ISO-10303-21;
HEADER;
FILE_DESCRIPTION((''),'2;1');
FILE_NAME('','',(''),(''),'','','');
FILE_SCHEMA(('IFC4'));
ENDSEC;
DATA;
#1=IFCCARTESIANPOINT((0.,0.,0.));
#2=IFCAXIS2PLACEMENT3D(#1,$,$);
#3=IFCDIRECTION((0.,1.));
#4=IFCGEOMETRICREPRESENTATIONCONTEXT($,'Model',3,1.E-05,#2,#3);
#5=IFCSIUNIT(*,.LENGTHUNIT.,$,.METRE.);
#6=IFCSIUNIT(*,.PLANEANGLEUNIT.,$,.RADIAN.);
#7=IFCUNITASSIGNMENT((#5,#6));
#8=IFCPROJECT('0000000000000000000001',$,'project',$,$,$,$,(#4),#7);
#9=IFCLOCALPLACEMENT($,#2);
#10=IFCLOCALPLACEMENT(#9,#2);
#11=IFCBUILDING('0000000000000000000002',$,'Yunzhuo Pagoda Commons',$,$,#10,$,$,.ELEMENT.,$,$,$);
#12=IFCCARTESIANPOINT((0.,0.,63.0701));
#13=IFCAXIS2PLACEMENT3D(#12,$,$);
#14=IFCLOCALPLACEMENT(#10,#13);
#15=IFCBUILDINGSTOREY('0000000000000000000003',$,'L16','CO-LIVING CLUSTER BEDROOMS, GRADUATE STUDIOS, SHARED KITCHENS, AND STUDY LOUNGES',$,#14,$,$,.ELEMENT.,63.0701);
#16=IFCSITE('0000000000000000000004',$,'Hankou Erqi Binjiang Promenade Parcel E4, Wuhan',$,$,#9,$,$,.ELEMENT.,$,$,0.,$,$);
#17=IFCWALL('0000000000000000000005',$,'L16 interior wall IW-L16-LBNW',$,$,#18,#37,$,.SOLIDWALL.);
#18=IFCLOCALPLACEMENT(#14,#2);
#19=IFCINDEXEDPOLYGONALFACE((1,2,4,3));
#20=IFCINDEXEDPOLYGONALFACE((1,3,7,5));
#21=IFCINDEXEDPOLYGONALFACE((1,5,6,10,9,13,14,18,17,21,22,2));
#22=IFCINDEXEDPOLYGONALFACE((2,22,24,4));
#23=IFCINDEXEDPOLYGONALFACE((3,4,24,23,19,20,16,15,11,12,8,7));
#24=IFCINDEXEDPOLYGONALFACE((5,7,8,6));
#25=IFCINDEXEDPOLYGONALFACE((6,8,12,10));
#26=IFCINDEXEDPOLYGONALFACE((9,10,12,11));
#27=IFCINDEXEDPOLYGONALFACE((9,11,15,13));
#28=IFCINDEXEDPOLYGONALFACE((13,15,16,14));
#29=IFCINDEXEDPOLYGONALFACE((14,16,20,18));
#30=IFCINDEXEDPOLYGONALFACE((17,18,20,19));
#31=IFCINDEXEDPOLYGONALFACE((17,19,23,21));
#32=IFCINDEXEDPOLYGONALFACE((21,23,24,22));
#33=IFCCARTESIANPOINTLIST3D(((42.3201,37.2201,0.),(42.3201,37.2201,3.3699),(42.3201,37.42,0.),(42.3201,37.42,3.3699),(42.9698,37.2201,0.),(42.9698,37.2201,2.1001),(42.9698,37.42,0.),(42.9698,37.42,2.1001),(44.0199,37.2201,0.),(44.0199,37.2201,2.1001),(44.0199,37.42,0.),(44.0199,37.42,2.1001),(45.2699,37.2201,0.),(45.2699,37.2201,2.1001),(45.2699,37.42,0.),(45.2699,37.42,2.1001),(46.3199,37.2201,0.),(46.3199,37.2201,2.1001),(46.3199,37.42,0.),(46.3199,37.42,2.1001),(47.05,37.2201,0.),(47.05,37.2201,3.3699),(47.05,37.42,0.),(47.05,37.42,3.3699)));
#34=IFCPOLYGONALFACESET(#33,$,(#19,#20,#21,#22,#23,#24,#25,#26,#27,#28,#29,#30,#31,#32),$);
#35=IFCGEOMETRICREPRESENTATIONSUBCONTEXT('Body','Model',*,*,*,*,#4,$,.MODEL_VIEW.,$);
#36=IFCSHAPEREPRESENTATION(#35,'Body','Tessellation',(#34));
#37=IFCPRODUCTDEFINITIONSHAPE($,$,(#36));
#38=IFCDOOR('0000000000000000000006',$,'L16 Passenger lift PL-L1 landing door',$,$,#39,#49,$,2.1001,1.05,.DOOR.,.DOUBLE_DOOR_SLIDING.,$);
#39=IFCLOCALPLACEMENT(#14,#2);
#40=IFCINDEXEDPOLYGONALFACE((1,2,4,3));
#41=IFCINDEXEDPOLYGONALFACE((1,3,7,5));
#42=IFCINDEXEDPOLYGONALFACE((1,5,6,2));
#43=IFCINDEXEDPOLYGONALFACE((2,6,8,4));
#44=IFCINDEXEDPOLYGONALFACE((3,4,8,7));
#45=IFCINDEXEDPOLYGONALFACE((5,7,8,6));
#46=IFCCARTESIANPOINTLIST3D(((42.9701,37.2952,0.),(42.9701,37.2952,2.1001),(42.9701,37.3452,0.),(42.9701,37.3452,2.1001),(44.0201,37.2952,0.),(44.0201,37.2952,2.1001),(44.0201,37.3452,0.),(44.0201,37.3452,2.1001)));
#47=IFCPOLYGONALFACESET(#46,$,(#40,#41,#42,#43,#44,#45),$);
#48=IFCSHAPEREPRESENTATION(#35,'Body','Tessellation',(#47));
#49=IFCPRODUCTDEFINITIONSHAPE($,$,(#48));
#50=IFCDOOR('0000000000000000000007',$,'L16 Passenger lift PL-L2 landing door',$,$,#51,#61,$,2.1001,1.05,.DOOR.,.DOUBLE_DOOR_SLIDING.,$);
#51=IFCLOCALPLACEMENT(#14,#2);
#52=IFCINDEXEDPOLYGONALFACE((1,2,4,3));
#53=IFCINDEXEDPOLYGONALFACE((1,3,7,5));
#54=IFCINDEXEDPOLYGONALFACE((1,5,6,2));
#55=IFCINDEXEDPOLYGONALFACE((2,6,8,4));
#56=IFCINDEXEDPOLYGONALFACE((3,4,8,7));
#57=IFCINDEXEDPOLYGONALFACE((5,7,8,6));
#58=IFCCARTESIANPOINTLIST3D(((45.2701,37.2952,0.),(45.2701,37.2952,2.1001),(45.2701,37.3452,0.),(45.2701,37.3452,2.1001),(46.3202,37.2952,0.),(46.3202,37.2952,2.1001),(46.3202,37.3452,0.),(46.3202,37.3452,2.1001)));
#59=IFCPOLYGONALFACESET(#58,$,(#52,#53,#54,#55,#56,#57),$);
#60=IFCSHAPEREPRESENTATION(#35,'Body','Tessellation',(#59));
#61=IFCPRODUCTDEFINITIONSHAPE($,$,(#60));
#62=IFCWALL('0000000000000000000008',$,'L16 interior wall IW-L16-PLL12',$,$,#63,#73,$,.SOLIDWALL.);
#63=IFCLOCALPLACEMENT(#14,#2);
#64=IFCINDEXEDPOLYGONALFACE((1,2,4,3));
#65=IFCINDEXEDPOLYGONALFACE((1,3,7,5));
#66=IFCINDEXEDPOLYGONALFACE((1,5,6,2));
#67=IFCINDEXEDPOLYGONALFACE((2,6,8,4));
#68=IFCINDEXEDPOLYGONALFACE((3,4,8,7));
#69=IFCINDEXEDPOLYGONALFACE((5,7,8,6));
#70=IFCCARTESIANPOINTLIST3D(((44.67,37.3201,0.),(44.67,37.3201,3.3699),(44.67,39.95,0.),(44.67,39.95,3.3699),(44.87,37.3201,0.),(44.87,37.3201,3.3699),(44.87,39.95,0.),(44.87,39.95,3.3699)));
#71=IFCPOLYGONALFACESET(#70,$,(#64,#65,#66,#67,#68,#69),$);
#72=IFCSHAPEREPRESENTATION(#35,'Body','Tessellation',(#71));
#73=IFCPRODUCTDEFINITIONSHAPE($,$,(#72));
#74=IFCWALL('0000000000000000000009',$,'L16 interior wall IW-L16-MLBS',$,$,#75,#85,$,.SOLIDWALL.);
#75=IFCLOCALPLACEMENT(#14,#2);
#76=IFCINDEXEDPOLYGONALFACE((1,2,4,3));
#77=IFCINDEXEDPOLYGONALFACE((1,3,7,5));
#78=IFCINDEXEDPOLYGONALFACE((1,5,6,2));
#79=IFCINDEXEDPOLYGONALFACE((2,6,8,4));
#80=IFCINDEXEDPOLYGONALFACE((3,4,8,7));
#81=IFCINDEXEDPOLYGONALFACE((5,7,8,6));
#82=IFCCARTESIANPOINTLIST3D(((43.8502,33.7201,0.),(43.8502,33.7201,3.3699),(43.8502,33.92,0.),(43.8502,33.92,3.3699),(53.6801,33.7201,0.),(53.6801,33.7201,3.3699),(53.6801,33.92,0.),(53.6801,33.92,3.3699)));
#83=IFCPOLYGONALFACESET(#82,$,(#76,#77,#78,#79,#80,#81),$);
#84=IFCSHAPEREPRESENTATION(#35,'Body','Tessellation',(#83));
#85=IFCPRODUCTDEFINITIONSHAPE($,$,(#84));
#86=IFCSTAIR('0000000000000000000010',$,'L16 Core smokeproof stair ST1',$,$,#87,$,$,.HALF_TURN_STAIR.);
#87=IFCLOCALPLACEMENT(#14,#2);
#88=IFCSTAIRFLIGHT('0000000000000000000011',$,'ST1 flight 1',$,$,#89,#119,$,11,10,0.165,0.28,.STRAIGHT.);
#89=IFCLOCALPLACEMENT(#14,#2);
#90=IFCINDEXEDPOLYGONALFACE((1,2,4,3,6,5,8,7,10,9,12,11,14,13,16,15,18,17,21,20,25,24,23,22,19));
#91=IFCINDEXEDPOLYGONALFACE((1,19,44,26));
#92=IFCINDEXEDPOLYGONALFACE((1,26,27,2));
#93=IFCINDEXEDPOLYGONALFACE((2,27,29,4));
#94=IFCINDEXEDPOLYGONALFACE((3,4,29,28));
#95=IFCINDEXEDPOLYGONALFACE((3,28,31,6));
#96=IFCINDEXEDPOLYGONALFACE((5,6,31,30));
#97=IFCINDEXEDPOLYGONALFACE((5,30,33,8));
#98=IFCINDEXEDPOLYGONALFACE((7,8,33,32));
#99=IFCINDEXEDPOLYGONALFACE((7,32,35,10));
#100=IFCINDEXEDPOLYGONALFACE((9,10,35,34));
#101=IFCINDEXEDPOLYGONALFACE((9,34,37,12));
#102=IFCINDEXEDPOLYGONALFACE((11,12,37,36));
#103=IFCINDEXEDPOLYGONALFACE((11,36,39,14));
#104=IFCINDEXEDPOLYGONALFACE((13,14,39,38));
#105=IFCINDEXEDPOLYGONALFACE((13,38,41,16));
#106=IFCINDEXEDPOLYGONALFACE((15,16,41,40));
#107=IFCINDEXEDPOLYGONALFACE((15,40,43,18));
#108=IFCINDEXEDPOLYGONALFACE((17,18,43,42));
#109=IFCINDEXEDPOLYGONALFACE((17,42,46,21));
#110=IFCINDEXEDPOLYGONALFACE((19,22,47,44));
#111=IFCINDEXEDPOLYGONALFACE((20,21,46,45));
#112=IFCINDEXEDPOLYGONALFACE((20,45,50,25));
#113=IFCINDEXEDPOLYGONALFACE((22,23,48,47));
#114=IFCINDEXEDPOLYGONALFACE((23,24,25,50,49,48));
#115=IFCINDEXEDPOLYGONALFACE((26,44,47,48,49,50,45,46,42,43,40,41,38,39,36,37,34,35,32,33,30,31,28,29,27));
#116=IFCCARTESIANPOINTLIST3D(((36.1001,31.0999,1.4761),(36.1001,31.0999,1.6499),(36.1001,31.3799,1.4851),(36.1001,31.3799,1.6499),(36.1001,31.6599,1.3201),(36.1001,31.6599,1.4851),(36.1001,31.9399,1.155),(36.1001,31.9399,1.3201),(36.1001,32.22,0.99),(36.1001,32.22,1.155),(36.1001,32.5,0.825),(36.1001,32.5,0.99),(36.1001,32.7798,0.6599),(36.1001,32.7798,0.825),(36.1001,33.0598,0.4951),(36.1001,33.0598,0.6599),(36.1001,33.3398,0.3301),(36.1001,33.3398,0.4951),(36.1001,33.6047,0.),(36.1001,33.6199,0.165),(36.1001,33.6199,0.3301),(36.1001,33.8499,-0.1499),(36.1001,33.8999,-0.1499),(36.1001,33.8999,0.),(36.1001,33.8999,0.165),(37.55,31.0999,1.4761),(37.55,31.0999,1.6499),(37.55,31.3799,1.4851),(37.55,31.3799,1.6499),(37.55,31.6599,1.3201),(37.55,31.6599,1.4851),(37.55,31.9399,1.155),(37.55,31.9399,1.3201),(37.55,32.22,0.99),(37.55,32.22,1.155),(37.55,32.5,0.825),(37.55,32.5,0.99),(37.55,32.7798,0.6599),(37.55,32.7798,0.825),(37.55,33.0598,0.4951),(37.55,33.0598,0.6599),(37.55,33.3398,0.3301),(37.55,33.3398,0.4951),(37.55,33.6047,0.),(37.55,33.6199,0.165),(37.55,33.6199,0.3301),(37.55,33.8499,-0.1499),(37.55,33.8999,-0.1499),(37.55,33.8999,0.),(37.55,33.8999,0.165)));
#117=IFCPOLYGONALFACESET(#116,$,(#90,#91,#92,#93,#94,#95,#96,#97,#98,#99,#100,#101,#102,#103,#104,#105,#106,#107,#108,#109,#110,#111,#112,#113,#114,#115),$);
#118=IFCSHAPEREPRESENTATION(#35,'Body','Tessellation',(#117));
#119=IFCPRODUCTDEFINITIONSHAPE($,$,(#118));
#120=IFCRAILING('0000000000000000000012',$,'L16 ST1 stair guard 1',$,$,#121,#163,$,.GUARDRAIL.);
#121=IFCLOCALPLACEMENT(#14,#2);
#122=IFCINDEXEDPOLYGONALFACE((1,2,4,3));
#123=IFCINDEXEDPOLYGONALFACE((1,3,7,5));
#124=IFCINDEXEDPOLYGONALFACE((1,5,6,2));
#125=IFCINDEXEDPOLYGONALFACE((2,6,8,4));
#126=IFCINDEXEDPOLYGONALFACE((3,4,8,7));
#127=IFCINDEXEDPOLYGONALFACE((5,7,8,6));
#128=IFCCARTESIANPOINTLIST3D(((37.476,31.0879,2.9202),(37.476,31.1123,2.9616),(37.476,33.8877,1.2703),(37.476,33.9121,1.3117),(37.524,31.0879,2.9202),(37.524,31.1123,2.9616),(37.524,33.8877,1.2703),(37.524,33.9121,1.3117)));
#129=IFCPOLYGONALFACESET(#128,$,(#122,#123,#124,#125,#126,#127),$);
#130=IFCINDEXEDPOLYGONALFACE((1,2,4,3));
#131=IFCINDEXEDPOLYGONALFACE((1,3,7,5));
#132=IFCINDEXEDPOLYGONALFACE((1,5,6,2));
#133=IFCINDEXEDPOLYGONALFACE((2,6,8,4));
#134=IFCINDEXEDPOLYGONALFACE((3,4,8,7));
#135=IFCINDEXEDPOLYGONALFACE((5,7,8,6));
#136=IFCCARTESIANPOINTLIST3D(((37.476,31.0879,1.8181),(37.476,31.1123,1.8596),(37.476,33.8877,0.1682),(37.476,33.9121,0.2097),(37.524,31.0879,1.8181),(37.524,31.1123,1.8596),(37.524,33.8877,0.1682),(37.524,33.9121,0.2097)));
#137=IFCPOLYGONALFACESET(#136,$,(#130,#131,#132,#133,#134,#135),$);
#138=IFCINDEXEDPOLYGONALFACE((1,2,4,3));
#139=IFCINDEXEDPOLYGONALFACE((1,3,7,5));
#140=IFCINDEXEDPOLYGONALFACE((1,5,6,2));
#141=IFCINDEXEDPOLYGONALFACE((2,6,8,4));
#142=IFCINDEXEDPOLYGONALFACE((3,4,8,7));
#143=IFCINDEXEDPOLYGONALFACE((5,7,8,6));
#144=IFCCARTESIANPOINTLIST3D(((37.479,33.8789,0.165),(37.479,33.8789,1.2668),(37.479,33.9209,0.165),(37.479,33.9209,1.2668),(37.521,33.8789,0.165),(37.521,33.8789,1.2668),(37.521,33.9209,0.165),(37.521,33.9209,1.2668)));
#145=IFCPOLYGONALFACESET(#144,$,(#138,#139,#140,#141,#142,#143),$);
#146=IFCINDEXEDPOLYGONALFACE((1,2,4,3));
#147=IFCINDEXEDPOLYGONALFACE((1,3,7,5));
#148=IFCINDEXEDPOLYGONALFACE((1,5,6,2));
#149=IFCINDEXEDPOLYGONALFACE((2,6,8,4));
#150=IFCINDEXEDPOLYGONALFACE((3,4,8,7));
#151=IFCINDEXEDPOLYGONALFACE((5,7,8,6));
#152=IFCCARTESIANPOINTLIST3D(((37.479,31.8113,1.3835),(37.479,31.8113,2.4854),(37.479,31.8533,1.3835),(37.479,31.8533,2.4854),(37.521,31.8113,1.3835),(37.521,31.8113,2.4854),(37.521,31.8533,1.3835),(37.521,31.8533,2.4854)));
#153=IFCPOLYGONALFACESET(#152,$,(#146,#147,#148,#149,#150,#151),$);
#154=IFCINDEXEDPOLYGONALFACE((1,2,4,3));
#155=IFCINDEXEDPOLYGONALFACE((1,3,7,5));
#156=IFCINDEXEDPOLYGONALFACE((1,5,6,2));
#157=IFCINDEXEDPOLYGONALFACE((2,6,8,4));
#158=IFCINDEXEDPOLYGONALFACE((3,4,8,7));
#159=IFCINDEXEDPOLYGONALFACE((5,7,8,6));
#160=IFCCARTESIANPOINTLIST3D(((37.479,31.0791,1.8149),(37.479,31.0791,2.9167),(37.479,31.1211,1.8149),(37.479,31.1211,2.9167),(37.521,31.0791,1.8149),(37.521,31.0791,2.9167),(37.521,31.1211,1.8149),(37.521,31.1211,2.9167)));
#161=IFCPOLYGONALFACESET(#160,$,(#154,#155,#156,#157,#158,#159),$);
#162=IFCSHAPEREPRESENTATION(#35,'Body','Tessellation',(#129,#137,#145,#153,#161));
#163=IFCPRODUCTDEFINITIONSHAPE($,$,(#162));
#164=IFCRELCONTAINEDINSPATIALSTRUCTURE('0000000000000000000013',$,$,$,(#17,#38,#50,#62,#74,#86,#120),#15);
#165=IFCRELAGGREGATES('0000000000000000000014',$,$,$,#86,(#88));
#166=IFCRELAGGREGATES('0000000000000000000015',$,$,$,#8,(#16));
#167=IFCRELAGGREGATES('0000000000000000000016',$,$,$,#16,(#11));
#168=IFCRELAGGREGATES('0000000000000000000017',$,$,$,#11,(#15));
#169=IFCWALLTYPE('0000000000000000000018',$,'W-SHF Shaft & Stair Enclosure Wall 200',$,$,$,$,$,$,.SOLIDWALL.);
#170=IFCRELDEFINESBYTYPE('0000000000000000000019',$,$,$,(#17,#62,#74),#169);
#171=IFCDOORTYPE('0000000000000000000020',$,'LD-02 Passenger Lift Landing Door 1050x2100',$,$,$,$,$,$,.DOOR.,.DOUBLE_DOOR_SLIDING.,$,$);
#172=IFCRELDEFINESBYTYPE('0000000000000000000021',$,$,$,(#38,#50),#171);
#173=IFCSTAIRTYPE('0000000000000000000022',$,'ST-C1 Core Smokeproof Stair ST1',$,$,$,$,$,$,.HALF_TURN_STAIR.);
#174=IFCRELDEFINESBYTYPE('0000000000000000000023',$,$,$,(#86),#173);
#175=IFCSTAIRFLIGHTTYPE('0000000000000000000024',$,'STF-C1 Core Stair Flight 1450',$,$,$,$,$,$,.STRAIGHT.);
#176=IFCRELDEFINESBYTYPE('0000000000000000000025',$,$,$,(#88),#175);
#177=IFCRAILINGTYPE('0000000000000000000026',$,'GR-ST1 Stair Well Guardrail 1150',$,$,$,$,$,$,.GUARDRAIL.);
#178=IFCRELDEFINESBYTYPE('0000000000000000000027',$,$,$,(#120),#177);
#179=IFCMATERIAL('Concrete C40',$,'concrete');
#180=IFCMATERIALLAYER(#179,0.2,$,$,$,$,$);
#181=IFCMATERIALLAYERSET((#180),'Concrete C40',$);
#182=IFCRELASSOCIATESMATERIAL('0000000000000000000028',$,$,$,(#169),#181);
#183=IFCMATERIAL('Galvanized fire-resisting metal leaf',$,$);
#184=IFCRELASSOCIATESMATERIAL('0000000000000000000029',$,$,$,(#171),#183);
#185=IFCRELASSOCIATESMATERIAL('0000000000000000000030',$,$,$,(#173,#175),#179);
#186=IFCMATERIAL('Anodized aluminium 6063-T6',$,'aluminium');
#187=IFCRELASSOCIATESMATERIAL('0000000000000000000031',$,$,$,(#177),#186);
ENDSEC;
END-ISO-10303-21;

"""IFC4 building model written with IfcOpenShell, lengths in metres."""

from ifc_helpers import new_model, si_unit, direction, frame, frame_2d, origin, origin_2d, place, context, subcontext, project, spatial, polyline, rectangle, outline, extrude, source, transform, mapped, material, layer, layer_set, type_object, element, fill, aggregate, save


model = new_model("IFC4")

# Units and contexts
model_context = context("Model", 3, precision=1e-05, world=origin(), true_north=direction((0.0, 1.0)))
body_context = subcontext(model_context, "Body", "Model", "MODEL_VIEW")
ifc_project = project(units=[si_unit("LENGTHUNIT", "METRE"), si_unit("PLANEANGLEUNIT", "RADIAN")], contexts=[model_context])

# Site, building, storey
site_placement = place(None, origin())
site = spatial("IfcSite", under=ifc_project, at=site_placement, Name="Hankou Erqi Binjiang Promenade Parcel E4, Wuhan", CompositionType="ELEMENT", RefElevation=0.0)
building_placement = place(site_placement, origin())
building = spatial("IfcBuilding", under=site, at=building_placement, Name="Yunzhuo Pagoda Commons", CompositionType="ELEMENT")
storey_placement = place(building_placement, frame((0.0, 0.0, 63.0701)))
storey = spatial("IfcBuildingStorey", under=building, at=storey_placement, Name="L16", Description="CO-LIVING CLUSTER BEDROOMS, GRADUATE STUDIOS, SHARED KITCHENS, AND STUDY LOUNGES", CompositionType="ELEMENT", Elevation=63.0701)

# Shared definitions
ifc_material_1 = material(Name="Galvanized fire-resisting metal leaf")
shared_shape_1 = source(origin(), body_context, "Body", "SweptSolid", [
    extrude(rectangle(XDim=1.05, YDim=2.1001, at=frame_2d((0.5249, 1.05))), frame((0.0, 0.0249, 0.0), z_axis=(0.0, -1.0, 0.0), x_axis=(1.0, 0.0, 0.0)), (0.0, 0.0, 1.0), 0.05),
])

# Shared definitions
ifc_material_2 = material(Name="Concrete C40", Category="concrete")
ifc_layer_1 = layer(ifc_material_2, 0.2)
ifc_layer_set_1 = layer_set([ifc_layer_1], Name="Concrete C40")
wall_type_1 = type_object("IfcWallType", Name="W-SHF Shaft & Stair Enclosure Wall 200", PredefinedType="SOLIDWALL", material=ifc_layer_set_1)

# Wall, openings, doors
wall_1_placement = place(storey_placement, frame((42.3201, 37.3201, 0.0), z_axis=(0.0, 0.0, 1.0), x_axis=(1.0, 0.0, 0.0)))
wall_1 = element("IfcWall", 1, at=wall_1_placement, inside=storey, type_object=wall_type_1, Name="L16 interior wall IW-L16-LBNW", PredefinedType="SOLIDWALL", context=body_context, shape_type="SweptSolid", body=[
    extrude(rectangle(XDim=4.73, YDim=0.2, at=frame_2d((2.365, 0.0))), origin(), (0.0, 0.0, 1.0), 3.3699),
])
opening_1_placement = place(wall_1_placement, frame((0.6499, 0.0, 0.0)))
opening_1 = element("IfcOpeningElement", 2, at=opening_1_placement, cuts=wall_1, PredefinedType="OPENING", context=body_context, shape_type="SweptSolid", body=[
    extrude(rectangle(XDim=1.05, YDim=2.1001, at=frame_2d((0.5249, 1.05))), frame((0.0, 0.1099, 0.0), z_axis=(0.0, -1.0, 0.0), x_axis=(1.0, 0.0, 0.0)), (0.0, 0.0, 1.0), 0.22),
])
opening_2_placement = place(wall_1_placement, frame((2.95, 0.0, 0.0)))
opening_2 = element("IfcOpeningElement", 3, at=opening_2_placement, cuts=wall_1, PredefinedType="OPENING", context=body_context, shape_type="SweptSolid", body=[
    extrude(rectangle(XDim=1.05, YDim=2.1001, at=frame_2d((0.5249, 1.05))), frame((0.0, 0.1099, 0.0), z_axis=(0.0, -1.0, 0.0), x_axis=(1.0, 0.0, 0.0)), (0.0, 0.0, 1.0), 0.22),
])
door_type_1 = type_object("IfcDoorType", Name="LD-02 Passenger Lift Landing Door 1050x2100", OperationType="DOUBLE_DOOR_SLIDING", PredefinedType="DOOR", material=ifc_material_1)
door_1_placement = place(opening_1_placement, frame((1.05, 0.0, 0.0), z_axis=(0.0, 0.0, 1.0), x_axis=(-1.0, 0.0, 0.0)))
door_1 = element("IfcDoor", 4, at=door_1_placement, inside=storey, type_object=door_type_1, Name="L16 Passenger lift PL-L1 landing door", OperationType="DOUBLE_DOOR_SLIDING", OverallHeight=2.1001, OverallWidth=1.05, PredefinedType="DOOR", context=body_context, shape_type="MappedRepresentation", body=[
    mapped(shared_shape_1, transform((0.0, 0.0, 0.0), scale=1.0)),
])
fill(opening_1, door_1)
door_2_placement = place(opening_2_placement, frame((1.05, 0.0, 0.0), z_axis=(0.0, 0.0, 1.0), x_axis=(-1.0, 0.0, 0.0)))
door_2 = element("IfcDoor", 5, at=door_2_placement, inside=storey, type_object=door_type_1, Name="L16 Passenger lift PL-L2 landing door", OperationType="DOUBLE_DOOR_SLIDING", OverallHeight=2.1001, OverallWidth=1.05, PredefinedType="DOOR", context=body_context, shape_type="MappedRepresentation", body=[
    mapped(shared_shape_1, transform((0.0, 0.0, 0.0), scale=1.0)),
])
fill(opening_2, door_2)

# Walls
wall_2_placement = place(storey_placement, frame((44.77, 37.3201, 0.0), z_axis=(0.0, 0.0, 1.0), x_axis=(0.0, 1.0, 0.0)))
element("IfcWall", 6, at=wall_2_placement, inside=storey, type_object=wall_type_1, Name="L16 interior wall IW-L16-PLL12", PredefinedType="SOLIDWALL", context=body_context, shape_type="SweptSolid", body=[
    extrude(rectangle(XDim=2.6299, YDim=0.2, at=frame_2d((1.3149, 0.0))), origin(), (0.0, 0.0, 1.0), 3.3699),
])
wall_3_placement = place(storey_placement, frame((43.8501, 33.8201, 0.0), z_axis=(0.0, 0.0, 1.0), x_axis=(1.0, 0.0, 0.0)))
element("IfcWall", 7, at=wall_3_placement, inside=storey, type_object=wall_type_1, Name="L16 interior wall IW-L16-MLBS", PredefinedType="SOLIDWALL", context=body_context, shape_type="SweptSolid", body=[
    extrude(rectangle(XDim=9.8298, YDim=0.2, at=frame_2d((4.915, 0.0))), origin(), (0.0, 0.0, 1.0), 3.3699),
])

# Stair, stair flight
stair_type = type_object("IfcStairType", Name="ST-C1 Core Smokeproof Stair ST1", PredefinedType="HALF_TURN_STAIR", material=ifc_material_2)
stair_placement = place(storey_placement, origin())
stair = element("IfcStair", 8, at=stair_placement, inside=storey, type_object=stair_type, Name="L16 Core smokeproof stair ST1", PredefinedType="HALF_TURN_STAIR")
stair_flight_type = type_object("IfcStairFlightType", Name="STF-C1 Core Stair Flight 1450", PredefinedType="STRAIGHT", material=ifc_material_2)
shared_shape_2 = source(origin(), body_context, "Body", "SweptSolid", [
    extrude(outline(polyline([(0.0, -0.1499), (0.0, 0.0), (0.0, 0.165), (0.28, 0.165), (0.28, 0.3301), (0.5601, 0.3301), (0.5601, 0.4951), (0.8401, 0.4951), (0.8401, 0.6599), (1.1201, 0.6599), (1.1201, 0.825), (1.3999, 0.825), (1.3999, 0.99), (1.6799, 0.99), (1.6799, 1.155), (1.96, 1.155), (1.96, 1.3201), (2.24, 1.3201), (2.24, 1.4851), (2.52, 1.4851), (2.52, 1.6499), (2.8, 1.6499), (2.8, 1.8149), (2.8, 1.4761), (0.2952, 0.0), (0.05, -0.1499), (0.0, -0.1499)])), frame((0.0, 0.7251, 0.0), z_axis=(0.0, -1.0, 0.0), x_axis=(1.0, 0.0, 0.0)), (0.0, 0.0, 1.0), 1.45),
])
stair_flight_placement = place(storey_placement, frame((36.825, 33.8999, 0.0), z_axis=(0.0, 0.0, 1.0), x_axis=(0.0, -1.0, 0.0)))
stair_flight = element("IfcStairFlight", 9, at=stair_flight_placement, type_object=stair_flight_type, Name="ST1 flight 1", NumberOfRisers=11, NumberOfTreads=10, PredefinedType="STRAIGHT", RiserHeight=0.165, TreadLength=0.28, context=body_context, shape_type="MappedRepresentation", body=[
    mapped(shared_shape_2, transform((0.0, 0.0, 0.0), scale=1.0)),
])
aggregate(stair, [stair_flight])

# Railing
ifc_material_3 = material(Name="Anodized aluminium 6063-T6", Category="aluminium")
railing_type_1 = type_object("IfcRailingType", Name="GR-ST1 Stair Well Guardrail 1150", PredefinedType="GUARDRAIL", material=ifc_material_3)
railing_1_placement = place(storey_placement, frame((37.5, 33.8999, 0.165)))
element("IfcRailing", 10, at=railing_1_placement, inside=storey, type_object=railing_type_1, Name="L16 ST1 stair guard 1", PredefinedType="GUARDRAIL", context=body_context, shape_type="SweptSolid", body=[
    extrude(rectangle(XDim=0.0481, YDim=0.0481, at=origin_2d()), frame((0.0, 0.0, 1.126), z_axis=(0.0, -0.861536, 0.507696), x_axis=(1.0, 0.0, 0.0)), (0.0, 0.0, 1.0), 3.2498),
    extrude(rectangle(XDim=0.0481, YDim=0.0481, at=origin_2d()), frame((0.0, 0.0, 0.0239), z_axis=(0.0, -0.861536, 0.507696), x_axis=(1.0, 0.0, 0.0)), (0.0, 0.0, 1.0), 3.2498),
    extrude(rectangle(XDim=0.042, YDim=0.042, at=origin_2d()), origin(), (0.0, 0.0, 1.0), 1.1018),
    extrude(rectangle(XDim=0.042, YDim=0.042, at=origin_2d()), frame((0.0, -2.0676, 1.2185)), (0.0, 0.0, 1.0), 1.1018),
    extrude(rectangle(XDim=0.042, YDim=0.042, at=origin_2d()), frame((0.0, -2.7998, 1.6499)), (0.0, 0.0, 1.0), 1.1018),
])

save(model, "model.ifc")
